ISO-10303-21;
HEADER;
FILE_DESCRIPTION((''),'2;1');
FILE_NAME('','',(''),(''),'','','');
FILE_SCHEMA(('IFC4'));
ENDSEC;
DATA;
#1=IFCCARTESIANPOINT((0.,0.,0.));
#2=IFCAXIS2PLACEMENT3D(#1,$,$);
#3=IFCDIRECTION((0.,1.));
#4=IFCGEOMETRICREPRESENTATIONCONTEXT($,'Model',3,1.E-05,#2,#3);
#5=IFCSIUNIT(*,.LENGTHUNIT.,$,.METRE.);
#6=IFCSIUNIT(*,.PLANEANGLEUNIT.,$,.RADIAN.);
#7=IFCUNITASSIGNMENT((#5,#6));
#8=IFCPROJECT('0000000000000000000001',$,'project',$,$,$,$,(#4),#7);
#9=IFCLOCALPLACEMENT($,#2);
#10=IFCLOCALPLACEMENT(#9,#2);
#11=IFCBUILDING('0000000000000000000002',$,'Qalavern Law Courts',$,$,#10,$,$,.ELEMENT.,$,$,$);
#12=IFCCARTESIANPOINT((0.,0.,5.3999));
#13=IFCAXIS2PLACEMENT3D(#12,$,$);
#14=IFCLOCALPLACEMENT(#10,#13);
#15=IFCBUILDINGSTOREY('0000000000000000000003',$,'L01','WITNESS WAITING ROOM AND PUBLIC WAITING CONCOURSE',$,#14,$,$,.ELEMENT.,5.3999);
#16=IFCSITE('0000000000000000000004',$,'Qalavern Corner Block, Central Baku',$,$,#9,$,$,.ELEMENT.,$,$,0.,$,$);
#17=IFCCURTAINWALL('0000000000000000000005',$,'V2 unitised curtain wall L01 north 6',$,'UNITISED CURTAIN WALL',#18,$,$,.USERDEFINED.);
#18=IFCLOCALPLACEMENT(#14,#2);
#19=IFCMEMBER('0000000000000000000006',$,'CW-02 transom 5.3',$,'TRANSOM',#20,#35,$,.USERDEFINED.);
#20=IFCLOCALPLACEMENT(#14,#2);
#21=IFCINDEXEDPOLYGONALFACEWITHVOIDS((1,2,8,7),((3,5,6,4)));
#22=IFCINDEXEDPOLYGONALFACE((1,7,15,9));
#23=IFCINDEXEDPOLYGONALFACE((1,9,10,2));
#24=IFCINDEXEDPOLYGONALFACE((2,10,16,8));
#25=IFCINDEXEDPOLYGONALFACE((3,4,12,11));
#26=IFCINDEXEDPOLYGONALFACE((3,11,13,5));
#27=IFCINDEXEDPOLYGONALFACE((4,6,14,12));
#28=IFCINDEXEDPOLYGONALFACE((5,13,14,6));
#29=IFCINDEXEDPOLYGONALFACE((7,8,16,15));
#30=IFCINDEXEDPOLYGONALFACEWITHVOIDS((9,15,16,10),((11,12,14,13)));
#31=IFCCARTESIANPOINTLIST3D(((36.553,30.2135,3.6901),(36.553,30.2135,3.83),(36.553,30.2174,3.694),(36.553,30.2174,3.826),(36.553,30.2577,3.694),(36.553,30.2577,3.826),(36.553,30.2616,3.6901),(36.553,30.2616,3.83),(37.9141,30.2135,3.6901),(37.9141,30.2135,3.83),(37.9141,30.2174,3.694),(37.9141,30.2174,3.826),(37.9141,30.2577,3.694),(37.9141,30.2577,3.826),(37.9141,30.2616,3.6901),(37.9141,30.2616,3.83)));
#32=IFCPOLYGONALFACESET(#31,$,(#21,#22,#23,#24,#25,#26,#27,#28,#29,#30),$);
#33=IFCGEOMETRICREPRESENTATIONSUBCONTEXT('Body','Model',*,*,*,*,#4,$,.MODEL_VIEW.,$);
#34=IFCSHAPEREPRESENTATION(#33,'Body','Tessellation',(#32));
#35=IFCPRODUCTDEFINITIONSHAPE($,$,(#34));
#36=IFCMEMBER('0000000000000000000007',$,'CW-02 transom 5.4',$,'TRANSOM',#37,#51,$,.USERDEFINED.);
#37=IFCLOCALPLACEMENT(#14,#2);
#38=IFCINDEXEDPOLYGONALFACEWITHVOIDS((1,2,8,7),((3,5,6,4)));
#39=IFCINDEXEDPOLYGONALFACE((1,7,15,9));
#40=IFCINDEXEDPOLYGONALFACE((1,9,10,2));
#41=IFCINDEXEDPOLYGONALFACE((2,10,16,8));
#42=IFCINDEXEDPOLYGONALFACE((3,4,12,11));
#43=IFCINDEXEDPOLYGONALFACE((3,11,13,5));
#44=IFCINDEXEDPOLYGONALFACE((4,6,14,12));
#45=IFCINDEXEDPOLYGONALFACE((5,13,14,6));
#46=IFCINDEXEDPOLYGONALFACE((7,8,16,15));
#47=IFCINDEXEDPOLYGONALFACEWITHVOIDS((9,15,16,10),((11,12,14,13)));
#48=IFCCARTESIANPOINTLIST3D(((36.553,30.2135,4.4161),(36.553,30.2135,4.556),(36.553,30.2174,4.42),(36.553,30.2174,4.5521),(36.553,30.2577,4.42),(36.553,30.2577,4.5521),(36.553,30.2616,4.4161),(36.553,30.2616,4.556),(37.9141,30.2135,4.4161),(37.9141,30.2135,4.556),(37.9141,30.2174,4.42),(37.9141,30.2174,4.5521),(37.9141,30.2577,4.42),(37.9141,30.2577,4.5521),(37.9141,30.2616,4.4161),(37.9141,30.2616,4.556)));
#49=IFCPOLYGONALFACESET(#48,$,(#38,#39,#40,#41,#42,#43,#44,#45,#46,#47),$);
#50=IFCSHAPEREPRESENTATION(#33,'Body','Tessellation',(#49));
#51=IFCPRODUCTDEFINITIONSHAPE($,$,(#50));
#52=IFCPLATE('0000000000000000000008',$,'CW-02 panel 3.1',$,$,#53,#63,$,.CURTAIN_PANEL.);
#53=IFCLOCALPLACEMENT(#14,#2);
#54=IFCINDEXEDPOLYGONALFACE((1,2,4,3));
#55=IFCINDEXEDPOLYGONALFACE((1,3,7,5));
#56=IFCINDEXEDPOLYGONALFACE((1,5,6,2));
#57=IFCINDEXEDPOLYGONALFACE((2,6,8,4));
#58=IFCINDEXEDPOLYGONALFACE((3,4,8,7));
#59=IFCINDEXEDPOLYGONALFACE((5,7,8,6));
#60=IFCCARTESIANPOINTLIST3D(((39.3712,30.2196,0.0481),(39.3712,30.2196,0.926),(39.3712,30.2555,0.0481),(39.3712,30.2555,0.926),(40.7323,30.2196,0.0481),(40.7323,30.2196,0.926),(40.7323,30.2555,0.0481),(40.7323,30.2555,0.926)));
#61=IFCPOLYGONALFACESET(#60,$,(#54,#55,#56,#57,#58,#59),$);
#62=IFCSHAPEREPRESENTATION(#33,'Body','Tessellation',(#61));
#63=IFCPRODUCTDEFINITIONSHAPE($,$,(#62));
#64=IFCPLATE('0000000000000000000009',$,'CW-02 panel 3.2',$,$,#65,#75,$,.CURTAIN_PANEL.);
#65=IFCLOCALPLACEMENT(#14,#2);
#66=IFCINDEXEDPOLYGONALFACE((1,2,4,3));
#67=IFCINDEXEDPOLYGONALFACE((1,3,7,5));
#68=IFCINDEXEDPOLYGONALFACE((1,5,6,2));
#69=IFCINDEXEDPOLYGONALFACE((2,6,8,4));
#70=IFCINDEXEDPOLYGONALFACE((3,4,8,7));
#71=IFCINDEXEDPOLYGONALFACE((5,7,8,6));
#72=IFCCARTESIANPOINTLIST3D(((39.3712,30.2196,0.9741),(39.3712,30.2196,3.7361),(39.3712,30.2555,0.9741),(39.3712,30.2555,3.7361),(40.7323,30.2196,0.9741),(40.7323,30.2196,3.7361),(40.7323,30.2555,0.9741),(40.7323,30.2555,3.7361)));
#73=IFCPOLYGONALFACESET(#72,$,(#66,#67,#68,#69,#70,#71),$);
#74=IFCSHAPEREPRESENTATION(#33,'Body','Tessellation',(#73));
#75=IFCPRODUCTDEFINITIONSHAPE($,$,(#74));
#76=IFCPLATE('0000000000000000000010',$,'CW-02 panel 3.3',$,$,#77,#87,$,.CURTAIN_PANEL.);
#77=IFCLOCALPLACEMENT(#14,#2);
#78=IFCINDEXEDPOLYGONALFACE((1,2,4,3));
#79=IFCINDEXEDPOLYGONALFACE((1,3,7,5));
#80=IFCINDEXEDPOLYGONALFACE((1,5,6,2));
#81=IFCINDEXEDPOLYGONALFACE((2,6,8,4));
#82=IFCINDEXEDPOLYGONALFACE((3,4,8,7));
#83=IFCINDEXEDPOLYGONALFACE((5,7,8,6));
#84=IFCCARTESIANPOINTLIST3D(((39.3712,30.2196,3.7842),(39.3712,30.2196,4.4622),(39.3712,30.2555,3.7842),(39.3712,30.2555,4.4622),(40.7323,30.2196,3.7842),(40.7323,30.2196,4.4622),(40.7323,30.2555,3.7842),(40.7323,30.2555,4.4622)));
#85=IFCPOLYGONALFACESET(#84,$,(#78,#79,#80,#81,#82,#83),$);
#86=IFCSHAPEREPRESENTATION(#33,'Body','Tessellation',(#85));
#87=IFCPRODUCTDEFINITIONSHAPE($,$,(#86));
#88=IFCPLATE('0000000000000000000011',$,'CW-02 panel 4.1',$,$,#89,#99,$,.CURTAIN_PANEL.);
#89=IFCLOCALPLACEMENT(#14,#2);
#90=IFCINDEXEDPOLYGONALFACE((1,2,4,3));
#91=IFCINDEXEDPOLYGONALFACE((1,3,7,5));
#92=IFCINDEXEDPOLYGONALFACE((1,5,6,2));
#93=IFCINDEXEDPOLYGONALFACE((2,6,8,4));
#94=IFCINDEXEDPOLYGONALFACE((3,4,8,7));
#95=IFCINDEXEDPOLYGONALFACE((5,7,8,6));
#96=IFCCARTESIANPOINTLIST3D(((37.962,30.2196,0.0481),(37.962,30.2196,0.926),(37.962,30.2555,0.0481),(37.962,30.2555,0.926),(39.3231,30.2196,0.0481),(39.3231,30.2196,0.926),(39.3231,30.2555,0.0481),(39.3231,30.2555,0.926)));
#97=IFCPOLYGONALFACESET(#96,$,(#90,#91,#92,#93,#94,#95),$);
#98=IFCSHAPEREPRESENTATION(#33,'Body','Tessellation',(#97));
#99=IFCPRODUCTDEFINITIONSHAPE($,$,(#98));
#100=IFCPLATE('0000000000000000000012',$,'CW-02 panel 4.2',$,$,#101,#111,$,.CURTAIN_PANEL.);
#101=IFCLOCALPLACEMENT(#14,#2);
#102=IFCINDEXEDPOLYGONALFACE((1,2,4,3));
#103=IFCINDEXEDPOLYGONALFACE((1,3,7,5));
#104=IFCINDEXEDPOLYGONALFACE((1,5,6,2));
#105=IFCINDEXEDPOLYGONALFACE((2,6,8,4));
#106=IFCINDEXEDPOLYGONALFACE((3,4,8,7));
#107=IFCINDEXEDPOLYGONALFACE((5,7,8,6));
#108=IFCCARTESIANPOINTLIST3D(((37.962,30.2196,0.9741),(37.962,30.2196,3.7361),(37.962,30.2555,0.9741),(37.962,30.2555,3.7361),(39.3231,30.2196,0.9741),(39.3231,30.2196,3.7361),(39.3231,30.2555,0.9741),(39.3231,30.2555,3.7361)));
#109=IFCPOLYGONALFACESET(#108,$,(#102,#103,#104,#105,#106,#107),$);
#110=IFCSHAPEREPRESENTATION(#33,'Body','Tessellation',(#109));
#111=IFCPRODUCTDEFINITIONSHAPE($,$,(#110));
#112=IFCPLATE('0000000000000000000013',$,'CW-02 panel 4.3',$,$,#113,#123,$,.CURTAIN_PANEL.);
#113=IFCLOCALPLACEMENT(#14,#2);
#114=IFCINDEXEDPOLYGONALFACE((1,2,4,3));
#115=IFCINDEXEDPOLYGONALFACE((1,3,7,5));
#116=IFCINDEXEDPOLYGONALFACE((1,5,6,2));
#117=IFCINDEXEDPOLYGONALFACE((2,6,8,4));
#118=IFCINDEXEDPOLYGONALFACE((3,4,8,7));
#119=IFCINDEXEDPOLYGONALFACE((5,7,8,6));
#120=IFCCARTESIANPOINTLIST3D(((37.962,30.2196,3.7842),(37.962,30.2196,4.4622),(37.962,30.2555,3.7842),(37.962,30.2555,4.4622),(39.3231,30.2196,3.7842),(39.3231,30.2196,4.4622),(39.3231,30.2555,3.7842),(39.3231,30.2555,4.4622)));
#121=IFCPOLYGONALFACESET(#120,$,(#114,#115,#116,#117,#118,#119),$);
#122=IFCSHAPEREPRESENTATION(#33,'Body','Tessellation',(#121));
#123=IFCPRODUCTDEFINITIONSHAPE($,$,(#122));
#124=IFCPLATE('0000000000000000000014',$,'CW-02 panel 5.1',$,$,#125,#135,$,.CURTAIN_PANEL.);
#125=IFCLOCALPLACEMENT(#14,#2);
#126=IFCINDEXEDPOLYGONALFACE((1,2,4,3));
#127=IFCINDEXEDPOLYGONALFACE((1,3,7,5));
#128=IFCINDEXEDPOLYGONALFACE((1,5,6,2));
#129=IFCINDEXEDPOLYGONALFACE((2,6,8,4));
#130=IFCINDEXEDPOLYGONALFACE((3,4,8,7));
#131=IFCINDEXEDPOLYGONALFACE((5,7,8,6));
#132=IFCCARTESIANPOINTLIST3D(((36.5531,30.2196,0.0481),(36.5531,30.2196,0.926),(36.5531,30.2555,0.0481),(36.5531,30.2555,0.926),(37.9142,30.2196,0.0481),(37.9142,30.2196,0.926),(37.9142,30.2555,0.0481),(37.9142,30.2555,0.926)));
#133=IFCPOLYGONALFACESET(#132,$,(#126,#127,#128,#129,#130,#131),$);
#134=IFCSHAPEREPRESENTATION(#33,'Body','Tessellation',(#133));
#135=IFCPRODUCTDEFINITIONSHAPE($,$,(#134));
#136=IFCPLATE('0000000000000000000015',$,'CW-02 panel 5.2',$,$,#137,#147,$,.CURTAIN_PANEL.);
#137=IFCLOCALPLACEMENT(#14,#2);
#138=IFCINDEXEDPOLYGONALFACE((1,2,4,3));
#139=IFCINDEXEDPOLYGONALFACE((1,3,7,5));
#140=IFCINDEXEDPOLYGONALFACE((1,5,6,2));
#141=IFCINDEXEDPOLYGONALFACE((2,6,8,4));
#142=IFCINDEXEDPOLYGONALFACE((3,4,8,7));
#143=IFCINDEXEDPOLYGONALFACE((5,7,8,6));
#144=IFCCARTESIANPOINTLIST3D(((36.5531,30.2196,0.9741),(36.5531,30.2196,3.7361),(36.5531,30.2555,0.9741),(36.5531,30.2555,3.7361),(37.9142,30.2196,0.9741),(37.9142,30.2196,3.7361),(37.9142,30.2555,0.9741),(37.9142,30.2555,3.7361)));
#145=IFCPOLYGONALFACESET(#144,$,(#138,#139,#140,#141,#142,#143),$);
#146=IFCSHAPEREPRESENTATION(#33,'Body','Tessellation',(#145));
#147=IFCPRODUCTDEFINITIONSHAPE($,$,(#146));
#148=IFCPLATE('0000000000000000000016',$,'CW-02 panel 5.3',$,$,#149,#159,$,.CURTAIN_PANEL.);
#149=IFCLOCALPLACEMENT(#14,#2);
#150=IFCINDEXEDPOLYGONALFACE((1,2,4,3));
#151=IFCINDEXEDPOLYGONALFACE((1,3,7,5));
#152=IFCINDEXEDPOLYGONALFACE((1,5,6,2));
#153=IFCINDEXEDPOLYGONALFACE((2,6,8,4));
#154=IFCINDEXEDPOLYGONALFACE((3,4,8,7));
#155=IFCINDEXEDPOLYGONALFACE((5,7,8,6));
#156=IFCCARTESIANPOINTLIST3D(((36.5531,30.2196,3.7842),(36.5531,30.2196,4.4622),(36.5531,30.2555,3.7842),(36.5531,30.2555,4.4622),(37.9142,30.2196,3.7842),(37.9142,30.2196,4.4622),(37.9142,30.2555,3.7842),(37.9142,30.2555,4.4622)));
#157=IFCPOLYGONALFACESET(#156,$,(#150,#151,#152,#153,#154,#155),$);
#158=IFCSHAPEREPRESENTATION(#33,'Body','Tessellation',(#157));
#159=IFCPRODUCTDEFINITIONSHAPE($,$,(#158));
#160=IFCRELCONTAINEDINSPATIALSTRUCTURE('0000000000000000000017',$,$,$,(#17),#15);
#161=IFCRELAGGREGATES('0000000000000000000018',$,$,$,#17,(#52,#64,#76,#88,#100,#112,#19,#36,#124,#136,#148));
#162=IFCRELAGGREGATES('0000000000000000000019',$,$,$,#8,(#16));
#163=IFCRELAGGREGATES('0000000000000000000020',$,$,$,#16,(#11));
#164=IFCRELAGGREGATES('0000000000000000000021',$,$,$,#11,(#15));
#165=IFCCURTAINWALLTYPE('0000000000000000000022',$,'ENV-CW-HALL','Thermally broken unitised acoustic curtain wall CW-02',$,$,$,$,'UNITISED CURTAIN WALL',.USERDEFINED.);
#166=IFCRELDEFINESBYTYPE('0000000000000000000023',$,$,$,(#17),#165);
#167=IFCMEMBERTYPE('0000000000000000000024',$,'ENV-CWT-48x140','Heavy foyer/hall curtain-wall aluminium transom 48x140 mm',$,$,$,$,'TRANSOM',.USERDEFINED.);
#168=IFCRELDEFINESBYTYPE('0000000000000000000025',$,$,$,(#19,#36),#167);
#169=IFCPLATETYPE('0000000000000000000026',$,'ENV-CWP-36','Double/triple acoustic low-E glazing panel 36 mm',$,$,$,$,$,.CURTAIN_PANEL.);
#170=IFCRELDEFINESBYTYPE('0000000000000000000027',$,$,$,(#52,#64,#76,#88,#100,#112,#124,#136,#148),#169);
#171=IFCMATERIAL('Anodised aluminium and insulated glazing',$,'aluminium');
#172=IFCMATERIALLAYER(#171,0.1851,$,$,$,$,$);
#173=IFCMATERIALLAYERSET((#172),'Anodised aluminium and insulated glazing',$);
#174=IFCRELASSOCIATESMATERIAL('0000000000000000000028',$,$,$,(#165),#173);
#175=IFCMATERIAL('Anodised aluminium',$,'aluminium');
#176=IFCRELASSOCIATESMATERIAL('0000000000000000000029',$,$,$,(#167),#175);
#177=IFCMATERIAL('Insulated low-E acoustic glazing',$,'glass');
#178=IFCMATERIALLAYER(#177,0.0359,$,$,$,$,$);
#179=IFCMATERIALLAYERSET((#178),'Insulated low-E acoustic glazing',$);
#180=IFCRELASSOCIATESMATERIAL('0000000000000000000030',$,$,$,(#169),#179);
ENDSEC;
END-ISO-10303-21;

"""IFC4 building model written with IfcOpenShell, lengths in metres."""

from ifc_helpers import new_model, si_unit, direction, frame, origin, origin_2d, place, context, subcontext, project, spatial, rectangle, hollow_rectangle, extrude, material, layer, layer_set, material_profile, profile_set, type_object, element, aggregate, save


model = new_model("IFC4")

# Units and contexts
model_context = context("Model", 3, precision=1e-05, world=origin(), true_north=direction((0.0, 1.0)))
body_context = subcontext(model_context, "Body", "Model", "MODEL_VIEW")
ifc_project = project(units=[si_unit("LENGTHUNIT", "METRE"), si_unit("PLANEANGLEUNIT", "RADIAN")], contexts=[model_context])

# Site, building, storey
site_placement = place(None, origin())
site = spatial("IfcSite", under=ifc_project, at=site_placement, Name="Qalavern Corner Block, Central Baku", CompositionType="ELEMENT", RefElevation=0.0)
building_placement = place(site_placement, origin())
building = spatial("IfcBuilding", under=site, at=building_placement, Name="Qalavern Law Courts", CompositionType="ELEMENT")
storey_placement = place(building_placement, frame((0.0, 0.0, 5.3999)))
storey = spatial("IfcBuildingStorey", under=building, at=storey_placement, Name="L01", Description="WITNESS WAITING ROOM AND PUBLIC WAITING CONCOURSE", CompositionType="ELEMENT", Elevation=5.3999)

# Curtain wall, members, plates
ifc_material_1 = material(Name="Anodised aluminium and insulated glazing", Category="aluminium")
ifc_layer_1 = layer(ifc_material_1, 0.1851)
ifc_layer_set_1 = layer_set([ifc_layer_1], Name="Anodised aluminium and insulated glazing")
curtain_wall_type = type_object("IfcCurtainWallType", Name="ENV-CW-HALL", Description="Thermally broken unitised acoustic curtain wall CW-02", ElementType="UNITISED CURTAIN WALL", PredefinedType="USERDEFINED", material=ifc_layer_set_1)
curtain_wall_placement = place(storey_placement, origin())
curtain_wall = element("IfcCurtainWall", 1, at=curtain_wall_placement, inside=storey, type_object=curtain_wall_type, Name="V2 unitised curtain wall L01 north 6", ObjectType="UNITISED CURTAIN WALL", PredefinedType="USERDEFINED")
ifc_material_2 = material(Name="Anodised aluminium", Category="aluminium")
ifc_material_profile_1 = material_profile(ifc_material_2, hollow_rectangle(XDim=0.0481, YDim=0.1399, WallThickness=0.0039, at=origin_2d()), Name="ALU TRANSOM 48x140")
ifc_profile_set_1 = profile_set([ifc_material_profile_1], Name="Anodised aluminium")
member_type_1 = type_object("IfcMemberType", Name="ENV-CWT-48x140", Description="Heavy foyer/hall curtain-wall aluminium transom 48x140 mm", ElementType="TRANSOM", PredefinedType="USERDEFINED", material=ifc_profile_set_1)
member_1_placement = place(storey_placement, frame((37.9141, 30.2375, 3.76), z_axis=(-1.0, 0.0, 0.0), x_axis=(0.0, -1.0, 0.0)))
member_1 = element("IfcMember", 2, at=member_1_placement, type_object=member_type_1, Name="CW-02 transom 5.3", ObjectType="TRANSOM", PredefinedType="USERDEFINED", context=body_context, shape_type="SweptSolid", body=[
    extrude(hollow_rectangle(XDim=0.0481, YDim=0.1399, WallThickness=0.0039, at=origin_2d()), origin(), (0.0, 0.0, 1.0), 1.3611),
])
member_2_placement = place(storey_placement, frame((37.9141, 30.2375, 4.4861), z_axis=(-1.0, 0.0, 0.0), x_axis=(0.0, -1.0, 0.0)))
member_2 = element("IfcMember", 3, at=member_2_placement, type_object=member_type_1, Name="CW-02 transom 5.4", ObjectType="TRANSOM", PredefinedType="USERDEFINED", context=body_context, shape_type="SweptSolid", body=[
    extrude(hollow_rectangle(XDim=0.0481, YDim=0.1399, WallThickness=0.0039, at=origin_2d()), origin(), (0.0, 0.0, 1.0), 1.3611),
])
ifc_material_3 = material(Name="Insulated low-E acoustic glazing", Category="glass")
ifc_layer_2 = layer(ifc_material_3, 0.0359)
ifc_layer_set_2 = layer_set([ifc_layer_2], Name="Insulated low-E acoustic glazing")
plate_type = type_object("IfcPlateType", Name="ENV-CWP-36", Description="Double/triple acoustic low-E glazing panel 36 mm", PredefinedType="CURTAIN_PANEL", material=ifc_layer_set_2)
plate_1_placement = place(storey_placement, frame((40.0518, 30.2375, 0.0481), z_axis=(0.0, 0.0, 1.0), x_axis=(-1.0, 0.0, 0.0)))
plate_1 = element("IfcPlate", 4, at=plate_1_placement, type_object=plate_type, Name="CW-02 panel 3.1", PredefinedType="CURTAIN_PANEL", context=body_context, shape_type="SweptSolid", body=[
    extrude(rectangle(XDim=1.3611, YDim=0.0359, at=origin_2d()), origin(), (0.0, 0.0, 1.0), 0.8779),
])
plate_2_placement = place(storey_placement, frame((40.0518, 30.2375, 0.9741), z_axis=(0.0, 0.0, 1.0), x_axis=(-1.0, 0.0, 0.0)))
plate_2 = element("IfcPlate", 5, at=plate_2_placement, type_object=plate_type, Name="CW-02 panel 3.2", PredefinedType="CURTAIN_PANEL", context=body_context, shape_type="SweptSolid", body=[
    extrude(rectangle(XDim=1.3611, YDim=0.0359, at=origin_2d()), origin(), (0.0, 0.0, 1.0), 2.762),
])
plate_3_placement = place(storey_placement, frame((40.0518, 30.2375, 3.7842), z_axis=(0.0, 0.0, 1.0), x_axis=(-1.0, 0.0, 0.0)))
plate_3 = element("IfcPlate", 6, at=plate_3_placement, type_object=plate_type, Name="CW-02 panel 3.3", PredefinedType="CURTAIN_PANEL", context=body_context, shape_type="SweptSolid", body=[
    extrude(rectangle(XDim=1.3611, YDim=0.0359, at=origin_2d()), origin(), (0.0, 0.0, 1.0), 0.678),
])
plate_4_placement = place(storey_placement, frame((38.6426, 30.2375, 0.0481), z_axis=(0.0, 0.0, 1.0), x_axis=(-1.0, 0.0, 0.0)))
plate_4 = element("IfcPlate", 7, at=plate_4_placement, type_object=plate_type, Name="CW-02 panel 4.1", PredefinedType="CURTAIN_PANEL", context=body_context, shape_type="SweptSolid", body=[
    extrude(rectangle(XDim=1.3611, YDim=0.0359, at=origin_2d()), origin(), (0.0, 0.0, 1.0), 0.8779),
])
plate_5_placement = place(storey_placement, frame((38.6426, 30.2375, 0.9741), z_axis=(0.0, 0.0, 1.0), x_axis=(-1.0, 0.0, 0.0)))
plate_5 = element("IfcPlate", 8, at=plate_5_placement, type_object=plate_type, Name="CW-02 panel 4.2", PredefinedType="CURTAIN_PANEL", context=body_context, shape_type="SweptSolid", body=[
    extrude(rectangle(XDim=1.3611, YDim=0.0359, at=origin_2d()), origin(), (0.0, 0.0, 1.0), 2.762),
])
plate_6_placement = place(storey_placement, frame((38.6426, 30.2375, 3.7842), z_axis=(0.0, 0.0, 1.0), x_axis=(-1.0, 0.0, 0.0)))
plate_6 = element("IfcPlate", 9, at=plate_6_placement, type_object=plate_type, Name="CW-02 panel 4.3", PredefinedType="CURTAIN_PANEL", context=body_context, shape_type="SweptSolid", body=[
    extrude(rectangle(XDim=1.3611, YDim=0.0359, at=origin_2d()), origin(), (0.0, 0.0, 1.0), 0.678),
])
plate_7_placement = place(storey_placement, frame((37.2336, 30.2375, 0.0481), z_axis=(0.0, 0.0, 1.0), x_axis=(-1.0, 0.0, 0.0)))
plate_7 = element("IfcPlate", 10, at=plate_7_placement, type_object=plate_type, Name="CW-02 panel 5.1", PredefinedType="CURTAIN_PANEL", context=body_context, shape_type="SweptSolid", body=[
    extrude(rectangle(XDim=1.3611, YDim=0.0359, at=origin_2d()), origin(), (0.0, 0.0, 1.0), 0.8779),
])
plate_8_placement = place(storey_placement, frame((37.2336, 30.2375, 0.9741), z_axis=(0.0, 0.0, 1.0), x_axis=(-1.0, 0.0, 0.0)))
plate_8 = element("IfcPlate", 11, at=plate_8_placement, type_object=plate_type, Name="CW-02 panel 5.2", PredefinedType="CURTAIN_PANEL", context=body_context, shape_type="SweptSolid", body=[
    extrude(rectangle(XDim=1.3611, YDim=0.0359, at=origin_2d()), origin(), (0.0, 0.0, 1.0), 2.762),
])
plate_9_placement = place(storey_placement, frame((37.2336, 30.2375, 3.7842), z_axis=(0.0, 0.0, 1.0), x_axis=(-1.0, 0.0, 0.0)))
plate_9 = element("IfcPlate", 12, at=plate_9_placement, type_object=plate_type, Name="CW-02 panel 5.3", PredefinedType="CURTAIN_PANEL", context=body_context, shape_type="SweptSolid", body=[
    extrude(rectangle(XDim=1.3611, YDim=0.0359, at=origin_2d()), origin(), (0.0, 0.0, 1.0), 0.678),
])
aggregate(curtain_wall, [plate_1, plate_2, plate_3, plate_4, plate_5, plate_6, member_1, member_2, plate_7, plate_8, plate_9])

save(model, "model.ifc")
